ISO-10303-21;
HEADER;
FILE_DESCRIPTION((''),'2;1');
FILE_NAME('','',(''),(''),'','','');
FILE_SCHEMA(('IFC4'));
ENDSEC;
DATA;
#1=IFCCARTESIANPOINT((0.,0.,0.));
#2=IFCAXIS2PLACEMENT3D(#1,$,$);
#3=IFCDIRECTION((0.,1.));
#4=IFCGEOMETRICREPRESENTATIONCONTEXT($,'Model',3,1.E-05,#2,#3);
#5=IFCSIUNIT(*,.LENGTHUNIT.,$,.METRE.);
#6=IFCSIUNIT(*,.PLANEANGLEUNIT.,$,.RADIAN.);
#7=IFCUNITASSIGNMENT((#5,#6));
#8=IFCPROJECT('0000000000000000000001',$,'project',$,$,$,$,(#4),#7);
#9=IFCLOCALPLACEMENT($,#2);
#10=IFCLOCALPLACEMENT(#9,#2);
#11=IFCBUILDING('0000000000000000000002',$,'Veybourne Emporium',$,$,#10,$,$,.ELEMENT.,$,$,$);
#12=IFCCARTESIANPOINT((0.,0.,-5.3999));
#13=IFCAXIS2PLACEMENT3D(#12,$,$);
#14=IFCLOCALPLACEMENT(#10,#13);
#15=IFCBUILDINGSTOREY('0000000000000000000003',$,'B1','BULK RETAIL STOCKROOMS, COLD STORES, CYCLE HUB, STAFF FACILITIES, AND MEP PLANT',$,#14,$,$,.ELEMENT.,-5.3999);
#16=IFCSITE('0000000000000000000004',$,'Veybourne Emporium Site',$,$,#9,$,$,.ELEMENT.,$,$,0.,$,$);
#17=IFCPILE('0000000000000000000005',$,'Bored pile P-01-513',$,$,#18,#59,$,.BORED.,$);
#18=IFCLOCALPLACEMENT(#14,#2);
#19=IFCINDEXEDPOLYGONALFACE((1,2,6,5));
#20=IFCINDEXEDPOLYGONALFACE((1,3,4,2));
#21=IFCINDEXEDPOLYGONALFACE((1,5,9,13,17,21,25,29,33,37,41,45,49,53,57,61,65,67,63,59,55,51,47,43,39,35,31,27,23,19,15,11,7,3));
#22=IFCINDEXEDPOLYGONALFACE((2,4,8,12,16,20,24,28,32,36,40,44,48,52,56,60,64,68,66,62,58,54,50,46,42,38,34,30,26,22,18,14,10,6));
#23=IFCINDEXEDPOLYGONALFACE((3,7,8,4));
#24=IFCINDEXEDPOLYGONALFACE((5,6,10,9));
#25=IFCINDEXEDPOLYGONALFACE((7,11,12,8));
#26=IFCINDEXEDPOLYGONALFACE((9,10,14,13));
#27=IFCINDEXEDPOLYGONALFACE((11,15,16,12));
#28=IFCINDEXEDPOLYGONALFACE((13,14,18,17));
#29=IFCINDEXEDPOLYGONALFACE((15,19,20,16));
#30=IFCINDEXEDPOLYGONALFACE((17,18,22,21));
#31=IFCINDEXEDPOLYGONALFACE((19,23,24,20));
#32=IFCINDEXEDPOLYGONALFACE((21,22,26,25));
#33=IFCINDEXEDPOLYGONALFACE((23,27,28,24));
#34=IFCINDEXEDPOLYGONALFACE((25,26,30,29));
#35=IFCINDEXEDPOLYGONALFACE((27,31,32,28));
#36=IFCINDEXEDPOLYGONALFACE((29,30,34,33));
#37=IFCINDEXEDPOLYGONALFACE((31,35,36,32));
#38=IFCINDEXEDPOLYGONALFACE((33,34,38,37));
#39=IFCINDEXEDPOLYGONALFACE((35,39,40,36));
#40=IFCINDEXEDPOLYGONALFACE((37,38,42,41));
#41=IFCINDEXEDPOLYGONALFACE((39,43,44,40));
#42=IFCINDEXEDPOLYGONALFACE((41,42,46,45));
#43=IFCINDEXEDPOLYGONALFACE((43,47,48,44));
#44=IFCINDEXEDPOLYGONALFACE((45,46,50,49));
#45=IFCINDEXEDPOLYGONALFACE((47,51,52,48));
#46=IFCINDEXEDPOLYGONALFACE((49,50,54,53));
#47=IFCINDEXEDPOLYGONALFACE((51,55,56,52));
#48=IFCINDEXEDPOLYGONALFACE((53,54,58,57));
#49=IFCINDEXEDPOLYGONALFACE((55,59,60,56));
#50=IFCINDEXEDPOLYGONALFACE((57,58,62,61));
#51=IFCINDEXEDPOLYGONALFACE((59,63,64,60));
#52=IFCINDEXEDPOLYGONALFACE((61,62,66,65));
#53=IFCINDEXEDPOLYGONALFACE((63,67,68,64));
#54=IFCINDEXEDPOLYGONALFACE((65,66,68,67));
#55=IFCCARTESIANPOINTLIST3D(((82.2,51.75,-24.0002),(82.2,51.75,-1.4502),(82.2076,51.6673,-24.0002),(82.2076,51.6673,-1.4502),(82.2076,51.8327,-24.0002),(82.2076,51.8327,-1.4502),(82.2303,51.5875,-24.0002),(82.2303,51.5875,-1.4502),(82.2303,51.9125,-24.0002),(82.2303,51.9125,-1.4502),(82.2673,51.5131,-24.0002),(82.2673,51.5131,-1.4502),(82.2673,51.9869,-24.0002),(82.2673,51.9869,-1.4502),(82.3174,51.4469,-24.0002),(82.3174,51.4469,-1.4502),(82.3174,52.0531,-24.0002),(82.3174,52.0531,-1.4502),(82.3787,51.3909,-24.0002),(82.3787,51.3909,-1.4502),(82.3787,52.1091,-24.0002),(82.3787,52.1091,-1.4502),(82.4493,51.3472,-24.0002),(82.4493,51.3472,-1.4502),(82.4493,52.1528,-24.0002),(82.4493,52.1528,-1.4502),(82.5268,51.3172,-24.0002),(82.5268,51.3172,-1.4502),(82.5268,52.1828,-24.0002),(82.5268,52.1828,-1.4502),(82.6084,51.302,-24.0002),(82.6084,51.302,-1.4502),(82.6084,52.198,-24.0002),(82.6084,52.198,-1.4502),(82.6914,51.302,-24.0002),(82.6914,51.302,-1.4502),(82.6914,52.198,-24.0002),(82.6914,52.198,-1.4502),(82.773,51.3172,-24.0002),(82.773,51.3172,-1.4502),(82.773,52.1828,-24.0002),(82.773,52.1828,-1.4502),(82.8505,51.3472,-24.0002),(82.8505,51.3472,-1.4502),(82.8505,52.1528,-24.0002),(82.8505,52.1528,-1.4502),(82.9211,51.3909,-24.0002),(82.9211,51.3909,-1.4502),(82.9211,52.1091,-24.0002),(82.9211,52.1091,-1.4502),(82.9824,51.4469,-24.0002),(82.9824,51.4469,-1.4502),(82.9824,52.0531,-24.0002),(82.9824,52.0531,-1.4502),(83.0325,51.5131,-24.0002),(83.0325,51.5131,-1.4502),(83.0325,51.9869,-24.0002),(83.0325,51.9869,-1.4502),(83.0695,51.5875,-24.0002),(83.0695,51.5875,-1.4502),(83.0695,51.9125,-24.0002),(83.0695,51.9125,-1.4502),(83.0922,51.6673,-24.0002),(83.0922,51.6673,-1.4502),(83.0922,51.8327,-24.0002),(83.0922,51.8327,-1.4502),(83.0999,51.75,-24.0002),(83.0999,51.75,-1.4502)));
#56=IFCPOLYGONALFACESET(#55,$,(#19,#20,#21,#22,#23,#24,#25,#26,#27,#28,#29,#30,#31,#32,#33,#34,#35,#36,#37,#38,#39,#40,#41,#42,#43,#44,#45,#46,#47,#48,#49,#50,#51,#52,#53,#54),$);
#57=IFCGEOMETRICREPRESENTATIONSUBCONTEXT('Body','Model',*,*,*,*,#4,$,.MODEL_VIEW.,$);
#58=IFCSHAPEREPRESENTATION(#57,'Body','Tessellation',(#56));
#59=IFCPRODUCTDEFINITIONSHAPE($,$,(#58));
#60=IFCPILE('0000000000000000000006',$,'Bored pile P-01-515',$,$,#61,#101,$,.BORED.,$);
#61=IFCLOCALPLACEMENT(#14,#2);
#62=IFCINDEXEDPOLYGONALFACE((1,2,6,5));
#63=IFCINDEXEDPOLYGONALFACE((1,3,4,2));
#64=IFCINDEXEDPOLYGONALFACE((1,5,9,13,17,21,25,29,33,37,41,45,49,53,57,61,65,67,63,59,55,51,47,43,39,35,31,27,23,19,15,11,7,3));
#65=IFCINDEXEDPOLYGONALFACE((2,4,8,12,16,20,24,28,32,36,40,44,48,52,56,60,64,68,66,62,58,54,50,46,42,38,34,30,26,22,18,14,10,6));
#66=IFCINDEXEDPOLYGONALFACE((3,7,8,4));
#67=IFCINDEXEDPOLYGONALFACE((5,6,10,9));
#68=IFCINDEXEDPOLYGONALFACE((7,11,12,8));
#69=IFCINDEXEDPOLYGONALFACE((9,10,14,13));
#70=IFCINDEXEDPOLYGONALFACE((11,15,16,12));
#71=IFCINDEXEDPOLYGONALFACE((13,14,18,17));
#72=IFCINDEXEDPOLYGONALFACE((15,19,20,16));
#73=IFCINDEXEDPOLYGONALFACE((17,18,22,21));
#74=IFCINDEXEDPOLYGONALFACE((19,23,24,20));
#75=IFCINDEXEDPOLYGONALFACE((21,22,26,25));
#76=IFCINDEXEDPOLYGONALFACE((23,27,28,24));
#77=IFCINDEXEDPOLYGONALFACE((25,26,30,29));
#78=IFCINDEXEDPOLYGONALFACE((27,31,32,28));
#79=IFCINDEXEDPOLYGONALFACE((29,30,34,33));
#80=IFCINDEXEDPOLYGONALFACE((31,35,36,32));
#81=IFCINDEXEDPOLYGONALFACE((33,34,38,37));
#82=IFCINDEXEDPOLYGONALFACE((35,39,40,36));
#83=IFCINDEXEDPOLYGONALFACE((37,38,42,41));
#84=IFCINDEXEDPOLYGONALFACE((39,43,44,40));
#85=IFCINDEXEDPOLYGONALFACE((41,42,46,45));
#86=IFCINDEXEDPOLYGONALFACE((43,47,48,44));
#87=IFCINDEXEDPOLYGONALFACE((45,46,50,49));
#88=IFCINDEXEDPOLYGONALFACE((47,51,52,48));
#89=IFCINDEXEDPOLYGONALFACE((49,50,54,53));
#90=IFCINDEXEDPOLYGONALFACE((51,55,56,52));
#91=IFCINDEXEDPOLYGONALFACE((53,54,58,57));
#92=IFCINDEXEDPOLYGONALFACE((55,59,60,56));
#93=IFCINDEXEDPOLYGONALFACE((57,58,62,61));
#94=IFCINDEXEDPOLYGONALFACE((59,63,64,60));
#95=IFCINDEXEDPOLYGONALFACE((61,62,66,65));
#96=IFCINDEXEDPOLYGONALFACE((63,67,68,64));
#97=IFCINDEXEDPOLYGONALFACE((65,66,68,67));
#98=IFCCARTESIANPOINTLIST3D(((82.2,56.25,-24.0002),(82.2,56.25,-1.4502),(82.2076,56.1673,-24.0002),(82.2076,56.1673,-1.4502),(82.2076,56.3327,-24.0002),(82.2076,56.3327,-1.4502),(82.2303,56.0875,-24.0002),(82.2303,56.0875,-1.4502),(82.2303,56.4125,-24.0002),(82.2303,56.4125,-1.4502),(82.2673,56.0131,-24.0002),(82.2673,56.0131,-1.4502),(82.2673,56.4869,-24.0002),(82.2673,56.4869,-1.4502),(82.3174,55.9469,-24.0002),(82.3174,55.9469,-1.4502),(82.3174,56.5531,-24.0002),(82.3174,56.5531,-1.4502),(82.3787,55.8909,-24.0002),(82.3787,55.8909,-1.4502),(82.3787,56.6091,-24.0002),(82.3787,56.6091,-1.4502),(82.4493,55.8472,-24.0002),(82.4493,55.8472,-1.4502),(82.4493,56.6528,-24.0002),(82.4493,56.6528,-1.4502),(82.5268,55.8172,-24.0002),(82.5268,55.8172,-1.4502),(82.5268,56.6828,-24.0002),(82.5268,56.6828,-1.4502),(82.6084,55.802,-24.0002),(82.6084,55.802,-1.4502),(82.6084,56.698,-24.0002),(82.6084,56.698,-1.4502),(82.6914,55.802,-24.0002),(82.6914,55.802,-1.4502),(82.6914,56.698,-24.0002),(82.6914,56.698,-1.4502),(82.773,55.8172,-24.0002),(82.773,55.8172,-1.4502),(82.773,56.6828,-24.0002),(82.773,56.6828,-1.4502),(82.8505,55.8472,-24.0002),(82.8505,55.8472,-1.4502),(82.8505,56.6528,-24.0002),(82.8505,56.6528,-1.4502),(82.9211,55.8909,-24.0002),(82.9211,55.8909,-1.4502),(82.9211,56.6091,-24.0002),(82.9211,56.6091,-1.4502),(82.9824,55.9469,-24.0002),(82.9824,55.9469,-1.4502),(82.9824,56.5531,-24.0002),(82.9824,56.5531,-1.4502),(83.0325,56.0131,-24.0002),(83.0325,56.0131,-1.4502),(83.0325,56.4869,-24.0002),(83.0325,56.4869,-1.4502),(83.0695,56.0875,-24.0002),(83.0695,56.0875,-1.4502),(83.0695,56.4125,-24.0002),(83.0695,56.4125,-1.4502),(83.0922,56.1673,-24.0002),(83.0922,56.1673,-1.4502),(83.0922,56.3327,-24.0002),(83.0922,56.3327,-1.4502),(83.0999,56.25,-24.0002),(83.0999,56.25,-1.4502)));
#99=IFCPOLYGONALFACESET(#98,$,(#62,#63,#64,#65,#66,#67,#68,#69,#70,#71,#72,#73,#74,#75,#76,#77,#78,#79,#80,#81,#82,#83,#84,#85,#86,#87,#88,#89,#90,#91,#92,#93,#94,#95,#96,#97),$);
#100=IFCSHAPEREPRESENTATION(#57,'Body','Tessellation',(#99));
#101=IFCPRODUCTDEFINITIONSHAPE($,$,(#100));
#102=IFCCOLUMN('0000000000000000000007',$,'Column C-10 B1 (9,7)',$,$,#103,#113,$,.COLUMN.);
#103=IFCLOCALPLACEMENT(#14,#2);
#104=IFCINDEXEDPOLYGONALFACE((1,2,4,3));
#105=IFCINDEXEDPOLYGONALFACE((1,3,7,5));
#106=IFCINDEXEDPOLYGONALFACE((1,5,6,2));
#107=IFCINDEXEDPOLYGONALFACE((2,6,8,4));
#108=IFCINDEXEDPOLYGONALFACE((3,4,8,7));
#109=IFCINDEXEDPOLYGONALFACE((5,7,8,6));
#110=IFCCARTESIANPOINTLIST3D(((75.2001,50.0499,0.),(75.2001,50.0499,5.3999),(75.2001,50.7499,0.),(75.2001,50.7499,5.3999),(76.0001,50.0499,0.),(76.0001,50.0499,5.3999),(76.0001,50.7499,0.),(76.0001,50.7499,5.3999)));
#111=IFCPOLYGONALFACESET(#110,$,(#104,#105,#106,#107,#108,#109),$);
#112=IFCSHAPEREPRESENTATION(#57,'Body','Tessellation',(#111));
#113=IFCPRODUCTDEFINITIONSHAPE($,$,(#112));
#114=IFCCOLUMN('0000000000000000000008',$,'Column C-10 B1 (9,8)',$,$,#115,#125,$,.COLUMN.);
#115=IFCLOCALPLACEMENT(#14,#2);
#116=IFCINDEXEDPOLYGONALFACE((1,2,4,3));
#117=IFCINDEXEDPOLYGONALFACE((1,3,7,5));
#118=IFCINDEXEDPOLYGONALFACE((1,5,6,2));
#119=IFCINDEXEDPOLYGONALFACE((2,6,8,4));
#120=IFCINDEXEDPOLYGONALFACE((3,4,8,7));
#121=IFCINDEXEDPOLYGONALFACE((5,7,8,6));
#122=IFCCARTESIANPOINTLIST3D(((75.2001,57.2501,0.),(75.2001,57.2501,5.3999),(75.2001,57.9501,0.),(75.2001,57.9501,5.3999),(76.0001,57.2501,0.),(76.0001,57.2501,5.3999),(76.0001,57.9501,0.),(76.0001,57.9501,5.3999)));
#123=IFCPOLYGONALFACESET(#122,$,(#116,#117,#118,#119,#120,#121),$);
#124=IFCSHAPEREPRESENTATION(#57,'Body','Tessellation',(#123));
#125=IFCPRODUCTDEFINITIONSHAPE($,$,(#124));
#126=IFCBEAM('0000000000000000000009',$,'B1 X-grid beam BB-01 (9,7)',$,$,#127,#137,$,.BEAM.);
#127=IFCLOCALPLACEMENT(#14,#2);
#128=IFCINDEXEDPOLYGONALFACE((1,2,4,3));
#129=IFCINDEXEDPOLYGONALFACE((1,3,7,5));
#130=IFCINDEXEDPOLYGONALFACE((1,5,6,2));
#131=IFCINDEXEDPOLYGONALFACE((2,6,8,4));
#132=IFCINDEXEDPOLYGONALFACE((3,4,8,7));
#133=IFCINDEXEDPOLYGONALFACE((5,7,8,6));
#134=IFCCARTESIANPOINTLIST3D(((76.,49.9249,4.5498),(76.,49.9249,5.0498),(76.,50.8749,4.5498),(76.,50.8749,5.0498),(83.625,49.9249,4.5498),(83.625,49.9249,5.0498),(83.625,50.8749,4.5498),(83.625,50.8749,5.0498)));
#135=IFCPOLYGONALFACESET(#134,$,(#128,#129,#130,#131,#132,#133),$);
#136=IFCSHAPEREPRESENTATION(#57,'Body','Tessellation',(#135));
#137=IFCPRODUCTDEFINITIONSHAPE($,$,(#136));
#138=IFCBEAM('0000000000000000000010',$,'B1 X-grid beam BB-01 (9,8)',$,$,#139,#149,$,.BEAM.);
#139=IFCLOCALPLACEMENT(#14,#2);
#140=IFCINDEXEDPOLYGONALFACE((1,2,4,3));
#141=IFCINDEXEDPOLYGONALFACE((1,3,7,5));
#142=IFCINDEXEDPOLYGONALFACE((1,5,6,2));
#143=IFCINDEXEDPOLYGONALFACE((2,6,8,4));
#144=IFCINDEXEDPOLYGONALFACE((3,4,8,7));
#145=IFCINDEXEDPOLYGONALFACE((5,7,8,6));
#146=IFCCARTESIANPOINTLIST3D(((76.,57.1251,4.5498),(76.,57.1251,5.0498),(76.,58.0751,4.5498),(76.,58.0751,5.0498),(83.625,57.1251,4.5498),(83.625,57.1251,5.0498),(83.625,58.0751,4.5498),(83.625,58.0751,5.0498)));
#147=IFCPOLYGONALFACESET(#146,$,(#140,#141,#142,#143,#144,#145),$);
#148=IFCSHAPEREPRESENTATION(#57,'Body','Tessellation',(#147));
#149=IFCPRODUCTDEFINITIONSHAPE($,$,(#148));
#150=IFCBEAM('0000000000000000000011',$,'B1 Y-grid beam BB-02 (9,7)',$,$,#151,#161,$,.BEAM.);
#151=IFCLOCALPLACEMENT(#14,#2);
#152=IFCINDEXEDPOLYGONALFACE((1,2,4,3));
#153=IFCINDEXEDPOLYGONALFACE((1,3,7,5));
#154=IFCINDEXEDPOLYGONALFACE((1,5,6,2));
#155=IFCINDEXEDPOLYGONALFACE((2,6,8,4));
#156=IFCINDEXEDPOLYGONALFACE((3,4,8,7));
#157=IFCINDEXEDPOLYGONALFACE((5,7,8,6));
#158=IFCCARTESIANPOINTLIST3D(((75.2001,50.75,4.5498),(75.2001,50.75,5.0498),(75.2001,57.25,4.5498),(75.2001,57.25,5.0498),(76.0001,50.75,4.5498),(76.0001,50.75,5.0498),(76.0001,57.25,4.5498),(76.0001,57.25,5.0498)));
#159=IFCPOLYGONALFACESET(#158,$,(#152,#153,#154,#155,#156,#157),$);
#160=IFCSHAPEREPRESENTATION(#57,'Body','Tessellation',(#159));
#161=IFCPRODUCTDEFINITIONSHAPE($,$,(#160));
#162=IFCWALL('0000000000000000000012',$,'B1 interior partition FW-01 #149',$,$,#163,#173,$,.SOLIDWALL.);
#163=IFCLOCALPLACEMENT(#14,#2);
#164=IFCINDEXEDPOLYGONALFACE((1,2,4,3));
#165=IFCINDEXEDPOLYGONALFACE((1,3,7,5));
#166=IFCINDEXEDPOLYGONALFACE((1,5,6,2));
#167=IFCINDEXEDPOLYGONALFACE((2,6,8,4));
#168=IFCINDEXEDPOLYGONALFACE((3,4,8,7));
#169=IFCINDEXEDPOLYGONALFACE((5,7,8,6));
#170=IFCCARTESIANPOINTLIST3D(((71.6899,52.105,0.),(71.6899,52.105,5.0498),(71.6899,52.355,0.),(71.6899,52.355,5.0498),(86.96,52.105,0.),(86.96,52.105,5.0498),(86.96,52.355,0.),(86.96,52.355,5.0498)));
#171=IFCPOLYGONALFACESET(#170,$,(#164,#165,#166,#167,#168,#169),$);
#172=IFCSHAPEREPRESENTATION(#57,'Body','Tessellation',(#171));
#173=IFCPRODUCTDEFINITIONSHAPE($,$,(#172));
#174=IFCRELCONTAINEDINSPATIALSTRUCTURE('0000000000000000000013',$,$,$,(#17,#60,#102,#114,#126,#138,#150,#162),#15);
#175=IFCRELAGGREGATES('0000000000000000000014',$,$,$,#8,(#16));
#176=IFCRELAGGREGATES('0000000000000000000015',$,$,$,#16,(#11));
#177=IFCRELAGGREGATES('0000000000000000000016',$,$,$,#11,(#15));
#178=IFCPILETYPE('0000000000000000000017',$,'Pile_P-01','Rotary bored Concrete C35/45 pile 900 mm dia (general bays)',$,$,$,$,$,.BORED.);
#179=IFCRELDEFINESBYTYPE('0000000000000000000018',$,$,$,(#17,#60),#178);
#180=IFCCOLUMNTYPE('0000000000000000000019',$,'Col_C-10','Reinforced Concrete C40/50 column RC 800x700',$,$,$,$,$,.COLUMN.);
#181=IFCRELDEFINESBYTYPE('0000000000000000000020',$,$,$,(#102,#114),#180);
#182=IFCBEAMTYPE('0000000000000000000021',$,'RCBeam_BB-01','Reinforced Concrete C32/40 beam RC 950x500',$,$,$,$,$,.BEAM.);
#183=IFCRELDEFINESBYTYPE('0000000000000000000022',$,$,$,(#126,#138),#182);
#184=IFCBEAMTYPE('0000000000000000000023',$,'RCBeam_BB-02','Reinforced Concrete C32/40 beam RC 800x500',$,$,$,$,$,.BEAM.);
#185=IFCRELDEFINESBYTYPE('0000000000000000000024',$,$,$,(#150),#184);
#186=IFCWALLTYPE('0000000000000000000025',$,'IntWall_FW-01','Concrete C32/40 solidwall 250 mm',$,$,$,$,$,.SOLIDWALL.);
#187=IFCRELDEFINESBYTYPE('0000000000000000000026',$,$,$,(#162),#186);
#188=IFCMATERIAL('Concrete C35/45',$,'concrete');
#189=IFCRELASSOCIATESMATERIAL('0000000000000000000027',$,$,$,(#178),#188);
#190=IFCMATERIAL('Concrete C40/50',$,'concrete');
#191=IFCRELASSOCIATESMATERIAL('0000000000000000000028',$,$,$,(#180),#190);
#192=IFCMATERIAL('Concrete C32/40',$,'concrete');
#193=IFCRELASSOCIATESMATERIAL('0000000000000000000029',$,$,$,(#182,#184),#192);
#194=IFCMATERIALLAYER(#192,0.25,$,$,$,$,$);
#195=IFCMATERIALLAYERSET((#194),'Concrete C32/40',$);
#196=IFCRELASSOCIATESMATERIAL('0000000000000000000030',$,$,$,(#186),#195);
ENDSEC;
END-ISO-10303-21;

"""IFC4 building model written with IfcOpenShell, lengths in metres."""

from ifc_helpers import new_model, si_unit, direction, frame, frame_2d, origin, origin_2d, place, context, subcontext, project, spatial, rectangle, circle, extrude, material, layer, layer_set, material_profile, profile_set, type_object, element, save


model = new_model("IFC4")

# Units and contexts
model_context = context("Model", 3, precision=1e-05, world=origin(), true_north=direction((0.0, 1.0)))
body_context = subcontext(model_context, "Body", "Model", "MODEL_VIEW")
ifc_project = project(units=[si_unit("LENGTHUNIT", "METRE"), si_unit("PLANEANGLEUNIT", "RADIAN")], contexts=[model_context])

# Site, building, storey
site_placement = place(None, origin())
site = spatial("IfcSite", under=ifc_project, at=site_placement, Name="Veybourne Emporium Site", CompositionType="ELEMENT", RefElevation=0.0)
building_placement = place(site_placement, origin())
building = spatial("IfcBuilding", under=site, at=building_placement, Name="Veybourne Emporium", CompositionType="ELEMENT")
storey_placement = place(building_placement, frame((0.0, 0.0, -5.3999)))
storey = spatial("IfcBuildingStorey", under=building, at=storey_placement, Name="B1", Description="BULK RETAIL STOCKROOMS, COLD STORES, CYCLE HUB, STAFF FACILITIES, AND MEP PLANT", CompositionType="ELEMENT", Elevation=-5.3999)

# Shared definitions
ifc_material_1 = material(Name="Concrete C35/45", Category="concrete")

# Piles
ifc_material_profile_1 = material_profile(ifc_material_1, circle(Radius=0.45, at=origin_2d()), Name="BORED PILE 900")
ifc_profile_set_1 = profile_set([ifc_material_profile_1], Name="Concrete C35/45")
pile_type = type_object("IfcPileType", Name="Pile_P-01", Description="Rotary bored Concrete C35/45 pile 900 mm dia (general bays)", PredefinedType="BORED", material=ifc_profile_set_1)
for number, where, z_axis, x_axis, name in (
    (1, (82.6499, 51.75, -1.4502), (0.0, 0.0, -1.0), (1.0, 0.0, 0.0), "Bored pile P-01-513"),
    (2, (82.6499, 56.25, -1.4502), (0.0, 0.0, -1.0), (1.0, 0.0, 0.0), "Bored pile P-01-515"),
):
    element("IfcPile", number, at=place(storey_placement, frame(where, z_axis=z_axis, x_axis=x_axis)), inside=storey, type_object=pile_type, Name=name, PredefinedType="BORED", context=body_context, shape_type="SweptSolid", body=[
        extrude(circle(Radius=0.45, at=origin_2d()), origin(), (0.0, 0.0, 1.0), 22.55),
    ])

# Columns
ifc_material_2 = material(Name="Concrete C40/50", Category="concrete")
ifc_material_profile_2 = material_profile(ifc_material_2, rectangle(XDim=0.8, YDim=0.7, at=origin_2d()), Name="RC 800x700")
ifc_profile_set_2 = profile_set([ifc_material_profile_2], Name="Concrete C40/50")
column_type = type_object("IfcColumnType", Name="Col_C-10", Description="Reinforced Concrete C40/50 column RC 800x700", PredefinedType="COLUMN", material=ifc_profile_set_2)
for number, where, z_axis, x_axis, name in (
    (3, (75.6001, 50.3999, 0.0), (0.0, 0.0, 1.0), (1.0, 0.0, 0.0), "Column C-10 B1 (9,7)"),
    (4, (75.6001, 57.6001, 0.0), (0.0, 0.0, 1.0), (1.0, 0.0, 0.0), "Column C-10 B1 (9,8)"),
):
    element("IfcColumn", number, at=place(storey_placement, frame(where, z_axis=z_axis, x_axis=x_axis)), inside=storey, type_object=column_type, Name=name, PredefinedType="COLUMN", context=body_context, shape_type="SweptSolid", body=[
        extrude(rectangle(XDim=0.8, YDim=0.7, at=origin_2d()), origin(), (0.0, 0.0, 1.0), 5.3999),
    ])

# Beams
ifc_material_3 = material(Name="Concrete C32/40", Category="concrete")
ifc_material_profile_3 = material_profile(ifc_material_3, rectangle(XDim=0.95, YDim=0.5, at=origin_2d()), Name="RC 950x500")
ifc_profile_set_3 = profile_set([ifc_material_profile_3], Name="Concrete C32/40")
beam_type_1 = type_object("IfcBeamType", Name="RCBeam_BB-01", Description="Reinforced Concrete C32/40 beam RC 950x500", PredefinedType="BEAM", material=ifc_profile_set_3)
for number, where, z_axis, x_axis, name in (
    (5, (76.0, 50.3999, 4.7998), (1.0, 0.0, 0.0), (0.0, 1.0, 0.0), "B1 X-grid beam BB-01 (9,7)"),
    (6, (76.0, 57.6001, 4.7998), (1.0, 0.0, 0.0), (0.0, 1.0, 0.0), "B1 X-grid beam BB-01 (9,8)"),
):
    element("IfcBeam", number, at=place(storey_placement, frame(where, z_axis=z_axis, x_axis=x_axis)), inside=storey, type_object=beam_type_1, Name=name, PredefinedType="BEAM", context=body_context, shape_type="SweptSolid", body=[
        extrude(rectangle(XDim=0.95, YDim=0.5, at=origin_2d()), origin(), (0.0, 0.0, 1.0), 7.625),
    ])
ifc_material_profile_4 = material_profile(ifc_material_3, rectangle(XDim=0.8, YDim=0.5, at=origin_2d()), Name="RC 800x500")
ifc_profile_set_4 = profile_set([ifc_material_profile_4], Name="Concrete C32/40")
beam_type_2 = type_object("IfcBeamType", Name="RCBeam_BB-02", Description="Reinforced Concrete C32/40 beam RC 800x500", PredefinedType="BEAM", material=ifc_profile_set_4)
beam_placement = place(storey_placement, frame((75.6001, 50.75, 4.7998), z_axis=(0.0, 1.0, 0.0), x_axis=(-1.0, 0.0, 0.0)))
element("IfcBeam", 7, at=beam_placement, inside=storey, type_object=beam_type_2, Name="B1 Y-grid beam BB-02 (9,7)", PredefinedType="BEAM", context=body_context, shape_type="SweptSolid", body=[
    extrude(rectangle(XDim=0.8, YDim=0.5, at=origin_2d()), origin(), (0.0, 0.0, 1.0), 6.5),
])

# Wall
ifc_layer = layer(ifc_material_3, 0.25)
ifc_layer_set = layer_set([ifc_layer], Name="Concrete C32/40")
wall_type = type_object("IfcWallType", Name="IntWall_FW-01", Description="Concrete C32/40 solidwall 250 mm", PredefinedType="SOLIDWALL", material=ifc_layer_set)
wall_placement = place(storey_placement, frame((71.6899, 52.23, 0.0), z_axis=(0.0, 0.0, 1.0), x_axis=(1.0, 0.0, 0.0)))
element("IfcWall", 8, at=wall_placement, inside=storey, type_object=wall_type, Name="B1 interior partition FW-01 #149", PredefinedType="SOLIDWALL", context=body_context, shape_type="SweptSolid", body=[
    extrude(rectangle(XDim=15.27, YDim=0.25, at=frame_2d((7.635, 0.0))), origin(), (0.0, 0.0, 1.0), 5.0498),
])

save(model, "model.ifc")
